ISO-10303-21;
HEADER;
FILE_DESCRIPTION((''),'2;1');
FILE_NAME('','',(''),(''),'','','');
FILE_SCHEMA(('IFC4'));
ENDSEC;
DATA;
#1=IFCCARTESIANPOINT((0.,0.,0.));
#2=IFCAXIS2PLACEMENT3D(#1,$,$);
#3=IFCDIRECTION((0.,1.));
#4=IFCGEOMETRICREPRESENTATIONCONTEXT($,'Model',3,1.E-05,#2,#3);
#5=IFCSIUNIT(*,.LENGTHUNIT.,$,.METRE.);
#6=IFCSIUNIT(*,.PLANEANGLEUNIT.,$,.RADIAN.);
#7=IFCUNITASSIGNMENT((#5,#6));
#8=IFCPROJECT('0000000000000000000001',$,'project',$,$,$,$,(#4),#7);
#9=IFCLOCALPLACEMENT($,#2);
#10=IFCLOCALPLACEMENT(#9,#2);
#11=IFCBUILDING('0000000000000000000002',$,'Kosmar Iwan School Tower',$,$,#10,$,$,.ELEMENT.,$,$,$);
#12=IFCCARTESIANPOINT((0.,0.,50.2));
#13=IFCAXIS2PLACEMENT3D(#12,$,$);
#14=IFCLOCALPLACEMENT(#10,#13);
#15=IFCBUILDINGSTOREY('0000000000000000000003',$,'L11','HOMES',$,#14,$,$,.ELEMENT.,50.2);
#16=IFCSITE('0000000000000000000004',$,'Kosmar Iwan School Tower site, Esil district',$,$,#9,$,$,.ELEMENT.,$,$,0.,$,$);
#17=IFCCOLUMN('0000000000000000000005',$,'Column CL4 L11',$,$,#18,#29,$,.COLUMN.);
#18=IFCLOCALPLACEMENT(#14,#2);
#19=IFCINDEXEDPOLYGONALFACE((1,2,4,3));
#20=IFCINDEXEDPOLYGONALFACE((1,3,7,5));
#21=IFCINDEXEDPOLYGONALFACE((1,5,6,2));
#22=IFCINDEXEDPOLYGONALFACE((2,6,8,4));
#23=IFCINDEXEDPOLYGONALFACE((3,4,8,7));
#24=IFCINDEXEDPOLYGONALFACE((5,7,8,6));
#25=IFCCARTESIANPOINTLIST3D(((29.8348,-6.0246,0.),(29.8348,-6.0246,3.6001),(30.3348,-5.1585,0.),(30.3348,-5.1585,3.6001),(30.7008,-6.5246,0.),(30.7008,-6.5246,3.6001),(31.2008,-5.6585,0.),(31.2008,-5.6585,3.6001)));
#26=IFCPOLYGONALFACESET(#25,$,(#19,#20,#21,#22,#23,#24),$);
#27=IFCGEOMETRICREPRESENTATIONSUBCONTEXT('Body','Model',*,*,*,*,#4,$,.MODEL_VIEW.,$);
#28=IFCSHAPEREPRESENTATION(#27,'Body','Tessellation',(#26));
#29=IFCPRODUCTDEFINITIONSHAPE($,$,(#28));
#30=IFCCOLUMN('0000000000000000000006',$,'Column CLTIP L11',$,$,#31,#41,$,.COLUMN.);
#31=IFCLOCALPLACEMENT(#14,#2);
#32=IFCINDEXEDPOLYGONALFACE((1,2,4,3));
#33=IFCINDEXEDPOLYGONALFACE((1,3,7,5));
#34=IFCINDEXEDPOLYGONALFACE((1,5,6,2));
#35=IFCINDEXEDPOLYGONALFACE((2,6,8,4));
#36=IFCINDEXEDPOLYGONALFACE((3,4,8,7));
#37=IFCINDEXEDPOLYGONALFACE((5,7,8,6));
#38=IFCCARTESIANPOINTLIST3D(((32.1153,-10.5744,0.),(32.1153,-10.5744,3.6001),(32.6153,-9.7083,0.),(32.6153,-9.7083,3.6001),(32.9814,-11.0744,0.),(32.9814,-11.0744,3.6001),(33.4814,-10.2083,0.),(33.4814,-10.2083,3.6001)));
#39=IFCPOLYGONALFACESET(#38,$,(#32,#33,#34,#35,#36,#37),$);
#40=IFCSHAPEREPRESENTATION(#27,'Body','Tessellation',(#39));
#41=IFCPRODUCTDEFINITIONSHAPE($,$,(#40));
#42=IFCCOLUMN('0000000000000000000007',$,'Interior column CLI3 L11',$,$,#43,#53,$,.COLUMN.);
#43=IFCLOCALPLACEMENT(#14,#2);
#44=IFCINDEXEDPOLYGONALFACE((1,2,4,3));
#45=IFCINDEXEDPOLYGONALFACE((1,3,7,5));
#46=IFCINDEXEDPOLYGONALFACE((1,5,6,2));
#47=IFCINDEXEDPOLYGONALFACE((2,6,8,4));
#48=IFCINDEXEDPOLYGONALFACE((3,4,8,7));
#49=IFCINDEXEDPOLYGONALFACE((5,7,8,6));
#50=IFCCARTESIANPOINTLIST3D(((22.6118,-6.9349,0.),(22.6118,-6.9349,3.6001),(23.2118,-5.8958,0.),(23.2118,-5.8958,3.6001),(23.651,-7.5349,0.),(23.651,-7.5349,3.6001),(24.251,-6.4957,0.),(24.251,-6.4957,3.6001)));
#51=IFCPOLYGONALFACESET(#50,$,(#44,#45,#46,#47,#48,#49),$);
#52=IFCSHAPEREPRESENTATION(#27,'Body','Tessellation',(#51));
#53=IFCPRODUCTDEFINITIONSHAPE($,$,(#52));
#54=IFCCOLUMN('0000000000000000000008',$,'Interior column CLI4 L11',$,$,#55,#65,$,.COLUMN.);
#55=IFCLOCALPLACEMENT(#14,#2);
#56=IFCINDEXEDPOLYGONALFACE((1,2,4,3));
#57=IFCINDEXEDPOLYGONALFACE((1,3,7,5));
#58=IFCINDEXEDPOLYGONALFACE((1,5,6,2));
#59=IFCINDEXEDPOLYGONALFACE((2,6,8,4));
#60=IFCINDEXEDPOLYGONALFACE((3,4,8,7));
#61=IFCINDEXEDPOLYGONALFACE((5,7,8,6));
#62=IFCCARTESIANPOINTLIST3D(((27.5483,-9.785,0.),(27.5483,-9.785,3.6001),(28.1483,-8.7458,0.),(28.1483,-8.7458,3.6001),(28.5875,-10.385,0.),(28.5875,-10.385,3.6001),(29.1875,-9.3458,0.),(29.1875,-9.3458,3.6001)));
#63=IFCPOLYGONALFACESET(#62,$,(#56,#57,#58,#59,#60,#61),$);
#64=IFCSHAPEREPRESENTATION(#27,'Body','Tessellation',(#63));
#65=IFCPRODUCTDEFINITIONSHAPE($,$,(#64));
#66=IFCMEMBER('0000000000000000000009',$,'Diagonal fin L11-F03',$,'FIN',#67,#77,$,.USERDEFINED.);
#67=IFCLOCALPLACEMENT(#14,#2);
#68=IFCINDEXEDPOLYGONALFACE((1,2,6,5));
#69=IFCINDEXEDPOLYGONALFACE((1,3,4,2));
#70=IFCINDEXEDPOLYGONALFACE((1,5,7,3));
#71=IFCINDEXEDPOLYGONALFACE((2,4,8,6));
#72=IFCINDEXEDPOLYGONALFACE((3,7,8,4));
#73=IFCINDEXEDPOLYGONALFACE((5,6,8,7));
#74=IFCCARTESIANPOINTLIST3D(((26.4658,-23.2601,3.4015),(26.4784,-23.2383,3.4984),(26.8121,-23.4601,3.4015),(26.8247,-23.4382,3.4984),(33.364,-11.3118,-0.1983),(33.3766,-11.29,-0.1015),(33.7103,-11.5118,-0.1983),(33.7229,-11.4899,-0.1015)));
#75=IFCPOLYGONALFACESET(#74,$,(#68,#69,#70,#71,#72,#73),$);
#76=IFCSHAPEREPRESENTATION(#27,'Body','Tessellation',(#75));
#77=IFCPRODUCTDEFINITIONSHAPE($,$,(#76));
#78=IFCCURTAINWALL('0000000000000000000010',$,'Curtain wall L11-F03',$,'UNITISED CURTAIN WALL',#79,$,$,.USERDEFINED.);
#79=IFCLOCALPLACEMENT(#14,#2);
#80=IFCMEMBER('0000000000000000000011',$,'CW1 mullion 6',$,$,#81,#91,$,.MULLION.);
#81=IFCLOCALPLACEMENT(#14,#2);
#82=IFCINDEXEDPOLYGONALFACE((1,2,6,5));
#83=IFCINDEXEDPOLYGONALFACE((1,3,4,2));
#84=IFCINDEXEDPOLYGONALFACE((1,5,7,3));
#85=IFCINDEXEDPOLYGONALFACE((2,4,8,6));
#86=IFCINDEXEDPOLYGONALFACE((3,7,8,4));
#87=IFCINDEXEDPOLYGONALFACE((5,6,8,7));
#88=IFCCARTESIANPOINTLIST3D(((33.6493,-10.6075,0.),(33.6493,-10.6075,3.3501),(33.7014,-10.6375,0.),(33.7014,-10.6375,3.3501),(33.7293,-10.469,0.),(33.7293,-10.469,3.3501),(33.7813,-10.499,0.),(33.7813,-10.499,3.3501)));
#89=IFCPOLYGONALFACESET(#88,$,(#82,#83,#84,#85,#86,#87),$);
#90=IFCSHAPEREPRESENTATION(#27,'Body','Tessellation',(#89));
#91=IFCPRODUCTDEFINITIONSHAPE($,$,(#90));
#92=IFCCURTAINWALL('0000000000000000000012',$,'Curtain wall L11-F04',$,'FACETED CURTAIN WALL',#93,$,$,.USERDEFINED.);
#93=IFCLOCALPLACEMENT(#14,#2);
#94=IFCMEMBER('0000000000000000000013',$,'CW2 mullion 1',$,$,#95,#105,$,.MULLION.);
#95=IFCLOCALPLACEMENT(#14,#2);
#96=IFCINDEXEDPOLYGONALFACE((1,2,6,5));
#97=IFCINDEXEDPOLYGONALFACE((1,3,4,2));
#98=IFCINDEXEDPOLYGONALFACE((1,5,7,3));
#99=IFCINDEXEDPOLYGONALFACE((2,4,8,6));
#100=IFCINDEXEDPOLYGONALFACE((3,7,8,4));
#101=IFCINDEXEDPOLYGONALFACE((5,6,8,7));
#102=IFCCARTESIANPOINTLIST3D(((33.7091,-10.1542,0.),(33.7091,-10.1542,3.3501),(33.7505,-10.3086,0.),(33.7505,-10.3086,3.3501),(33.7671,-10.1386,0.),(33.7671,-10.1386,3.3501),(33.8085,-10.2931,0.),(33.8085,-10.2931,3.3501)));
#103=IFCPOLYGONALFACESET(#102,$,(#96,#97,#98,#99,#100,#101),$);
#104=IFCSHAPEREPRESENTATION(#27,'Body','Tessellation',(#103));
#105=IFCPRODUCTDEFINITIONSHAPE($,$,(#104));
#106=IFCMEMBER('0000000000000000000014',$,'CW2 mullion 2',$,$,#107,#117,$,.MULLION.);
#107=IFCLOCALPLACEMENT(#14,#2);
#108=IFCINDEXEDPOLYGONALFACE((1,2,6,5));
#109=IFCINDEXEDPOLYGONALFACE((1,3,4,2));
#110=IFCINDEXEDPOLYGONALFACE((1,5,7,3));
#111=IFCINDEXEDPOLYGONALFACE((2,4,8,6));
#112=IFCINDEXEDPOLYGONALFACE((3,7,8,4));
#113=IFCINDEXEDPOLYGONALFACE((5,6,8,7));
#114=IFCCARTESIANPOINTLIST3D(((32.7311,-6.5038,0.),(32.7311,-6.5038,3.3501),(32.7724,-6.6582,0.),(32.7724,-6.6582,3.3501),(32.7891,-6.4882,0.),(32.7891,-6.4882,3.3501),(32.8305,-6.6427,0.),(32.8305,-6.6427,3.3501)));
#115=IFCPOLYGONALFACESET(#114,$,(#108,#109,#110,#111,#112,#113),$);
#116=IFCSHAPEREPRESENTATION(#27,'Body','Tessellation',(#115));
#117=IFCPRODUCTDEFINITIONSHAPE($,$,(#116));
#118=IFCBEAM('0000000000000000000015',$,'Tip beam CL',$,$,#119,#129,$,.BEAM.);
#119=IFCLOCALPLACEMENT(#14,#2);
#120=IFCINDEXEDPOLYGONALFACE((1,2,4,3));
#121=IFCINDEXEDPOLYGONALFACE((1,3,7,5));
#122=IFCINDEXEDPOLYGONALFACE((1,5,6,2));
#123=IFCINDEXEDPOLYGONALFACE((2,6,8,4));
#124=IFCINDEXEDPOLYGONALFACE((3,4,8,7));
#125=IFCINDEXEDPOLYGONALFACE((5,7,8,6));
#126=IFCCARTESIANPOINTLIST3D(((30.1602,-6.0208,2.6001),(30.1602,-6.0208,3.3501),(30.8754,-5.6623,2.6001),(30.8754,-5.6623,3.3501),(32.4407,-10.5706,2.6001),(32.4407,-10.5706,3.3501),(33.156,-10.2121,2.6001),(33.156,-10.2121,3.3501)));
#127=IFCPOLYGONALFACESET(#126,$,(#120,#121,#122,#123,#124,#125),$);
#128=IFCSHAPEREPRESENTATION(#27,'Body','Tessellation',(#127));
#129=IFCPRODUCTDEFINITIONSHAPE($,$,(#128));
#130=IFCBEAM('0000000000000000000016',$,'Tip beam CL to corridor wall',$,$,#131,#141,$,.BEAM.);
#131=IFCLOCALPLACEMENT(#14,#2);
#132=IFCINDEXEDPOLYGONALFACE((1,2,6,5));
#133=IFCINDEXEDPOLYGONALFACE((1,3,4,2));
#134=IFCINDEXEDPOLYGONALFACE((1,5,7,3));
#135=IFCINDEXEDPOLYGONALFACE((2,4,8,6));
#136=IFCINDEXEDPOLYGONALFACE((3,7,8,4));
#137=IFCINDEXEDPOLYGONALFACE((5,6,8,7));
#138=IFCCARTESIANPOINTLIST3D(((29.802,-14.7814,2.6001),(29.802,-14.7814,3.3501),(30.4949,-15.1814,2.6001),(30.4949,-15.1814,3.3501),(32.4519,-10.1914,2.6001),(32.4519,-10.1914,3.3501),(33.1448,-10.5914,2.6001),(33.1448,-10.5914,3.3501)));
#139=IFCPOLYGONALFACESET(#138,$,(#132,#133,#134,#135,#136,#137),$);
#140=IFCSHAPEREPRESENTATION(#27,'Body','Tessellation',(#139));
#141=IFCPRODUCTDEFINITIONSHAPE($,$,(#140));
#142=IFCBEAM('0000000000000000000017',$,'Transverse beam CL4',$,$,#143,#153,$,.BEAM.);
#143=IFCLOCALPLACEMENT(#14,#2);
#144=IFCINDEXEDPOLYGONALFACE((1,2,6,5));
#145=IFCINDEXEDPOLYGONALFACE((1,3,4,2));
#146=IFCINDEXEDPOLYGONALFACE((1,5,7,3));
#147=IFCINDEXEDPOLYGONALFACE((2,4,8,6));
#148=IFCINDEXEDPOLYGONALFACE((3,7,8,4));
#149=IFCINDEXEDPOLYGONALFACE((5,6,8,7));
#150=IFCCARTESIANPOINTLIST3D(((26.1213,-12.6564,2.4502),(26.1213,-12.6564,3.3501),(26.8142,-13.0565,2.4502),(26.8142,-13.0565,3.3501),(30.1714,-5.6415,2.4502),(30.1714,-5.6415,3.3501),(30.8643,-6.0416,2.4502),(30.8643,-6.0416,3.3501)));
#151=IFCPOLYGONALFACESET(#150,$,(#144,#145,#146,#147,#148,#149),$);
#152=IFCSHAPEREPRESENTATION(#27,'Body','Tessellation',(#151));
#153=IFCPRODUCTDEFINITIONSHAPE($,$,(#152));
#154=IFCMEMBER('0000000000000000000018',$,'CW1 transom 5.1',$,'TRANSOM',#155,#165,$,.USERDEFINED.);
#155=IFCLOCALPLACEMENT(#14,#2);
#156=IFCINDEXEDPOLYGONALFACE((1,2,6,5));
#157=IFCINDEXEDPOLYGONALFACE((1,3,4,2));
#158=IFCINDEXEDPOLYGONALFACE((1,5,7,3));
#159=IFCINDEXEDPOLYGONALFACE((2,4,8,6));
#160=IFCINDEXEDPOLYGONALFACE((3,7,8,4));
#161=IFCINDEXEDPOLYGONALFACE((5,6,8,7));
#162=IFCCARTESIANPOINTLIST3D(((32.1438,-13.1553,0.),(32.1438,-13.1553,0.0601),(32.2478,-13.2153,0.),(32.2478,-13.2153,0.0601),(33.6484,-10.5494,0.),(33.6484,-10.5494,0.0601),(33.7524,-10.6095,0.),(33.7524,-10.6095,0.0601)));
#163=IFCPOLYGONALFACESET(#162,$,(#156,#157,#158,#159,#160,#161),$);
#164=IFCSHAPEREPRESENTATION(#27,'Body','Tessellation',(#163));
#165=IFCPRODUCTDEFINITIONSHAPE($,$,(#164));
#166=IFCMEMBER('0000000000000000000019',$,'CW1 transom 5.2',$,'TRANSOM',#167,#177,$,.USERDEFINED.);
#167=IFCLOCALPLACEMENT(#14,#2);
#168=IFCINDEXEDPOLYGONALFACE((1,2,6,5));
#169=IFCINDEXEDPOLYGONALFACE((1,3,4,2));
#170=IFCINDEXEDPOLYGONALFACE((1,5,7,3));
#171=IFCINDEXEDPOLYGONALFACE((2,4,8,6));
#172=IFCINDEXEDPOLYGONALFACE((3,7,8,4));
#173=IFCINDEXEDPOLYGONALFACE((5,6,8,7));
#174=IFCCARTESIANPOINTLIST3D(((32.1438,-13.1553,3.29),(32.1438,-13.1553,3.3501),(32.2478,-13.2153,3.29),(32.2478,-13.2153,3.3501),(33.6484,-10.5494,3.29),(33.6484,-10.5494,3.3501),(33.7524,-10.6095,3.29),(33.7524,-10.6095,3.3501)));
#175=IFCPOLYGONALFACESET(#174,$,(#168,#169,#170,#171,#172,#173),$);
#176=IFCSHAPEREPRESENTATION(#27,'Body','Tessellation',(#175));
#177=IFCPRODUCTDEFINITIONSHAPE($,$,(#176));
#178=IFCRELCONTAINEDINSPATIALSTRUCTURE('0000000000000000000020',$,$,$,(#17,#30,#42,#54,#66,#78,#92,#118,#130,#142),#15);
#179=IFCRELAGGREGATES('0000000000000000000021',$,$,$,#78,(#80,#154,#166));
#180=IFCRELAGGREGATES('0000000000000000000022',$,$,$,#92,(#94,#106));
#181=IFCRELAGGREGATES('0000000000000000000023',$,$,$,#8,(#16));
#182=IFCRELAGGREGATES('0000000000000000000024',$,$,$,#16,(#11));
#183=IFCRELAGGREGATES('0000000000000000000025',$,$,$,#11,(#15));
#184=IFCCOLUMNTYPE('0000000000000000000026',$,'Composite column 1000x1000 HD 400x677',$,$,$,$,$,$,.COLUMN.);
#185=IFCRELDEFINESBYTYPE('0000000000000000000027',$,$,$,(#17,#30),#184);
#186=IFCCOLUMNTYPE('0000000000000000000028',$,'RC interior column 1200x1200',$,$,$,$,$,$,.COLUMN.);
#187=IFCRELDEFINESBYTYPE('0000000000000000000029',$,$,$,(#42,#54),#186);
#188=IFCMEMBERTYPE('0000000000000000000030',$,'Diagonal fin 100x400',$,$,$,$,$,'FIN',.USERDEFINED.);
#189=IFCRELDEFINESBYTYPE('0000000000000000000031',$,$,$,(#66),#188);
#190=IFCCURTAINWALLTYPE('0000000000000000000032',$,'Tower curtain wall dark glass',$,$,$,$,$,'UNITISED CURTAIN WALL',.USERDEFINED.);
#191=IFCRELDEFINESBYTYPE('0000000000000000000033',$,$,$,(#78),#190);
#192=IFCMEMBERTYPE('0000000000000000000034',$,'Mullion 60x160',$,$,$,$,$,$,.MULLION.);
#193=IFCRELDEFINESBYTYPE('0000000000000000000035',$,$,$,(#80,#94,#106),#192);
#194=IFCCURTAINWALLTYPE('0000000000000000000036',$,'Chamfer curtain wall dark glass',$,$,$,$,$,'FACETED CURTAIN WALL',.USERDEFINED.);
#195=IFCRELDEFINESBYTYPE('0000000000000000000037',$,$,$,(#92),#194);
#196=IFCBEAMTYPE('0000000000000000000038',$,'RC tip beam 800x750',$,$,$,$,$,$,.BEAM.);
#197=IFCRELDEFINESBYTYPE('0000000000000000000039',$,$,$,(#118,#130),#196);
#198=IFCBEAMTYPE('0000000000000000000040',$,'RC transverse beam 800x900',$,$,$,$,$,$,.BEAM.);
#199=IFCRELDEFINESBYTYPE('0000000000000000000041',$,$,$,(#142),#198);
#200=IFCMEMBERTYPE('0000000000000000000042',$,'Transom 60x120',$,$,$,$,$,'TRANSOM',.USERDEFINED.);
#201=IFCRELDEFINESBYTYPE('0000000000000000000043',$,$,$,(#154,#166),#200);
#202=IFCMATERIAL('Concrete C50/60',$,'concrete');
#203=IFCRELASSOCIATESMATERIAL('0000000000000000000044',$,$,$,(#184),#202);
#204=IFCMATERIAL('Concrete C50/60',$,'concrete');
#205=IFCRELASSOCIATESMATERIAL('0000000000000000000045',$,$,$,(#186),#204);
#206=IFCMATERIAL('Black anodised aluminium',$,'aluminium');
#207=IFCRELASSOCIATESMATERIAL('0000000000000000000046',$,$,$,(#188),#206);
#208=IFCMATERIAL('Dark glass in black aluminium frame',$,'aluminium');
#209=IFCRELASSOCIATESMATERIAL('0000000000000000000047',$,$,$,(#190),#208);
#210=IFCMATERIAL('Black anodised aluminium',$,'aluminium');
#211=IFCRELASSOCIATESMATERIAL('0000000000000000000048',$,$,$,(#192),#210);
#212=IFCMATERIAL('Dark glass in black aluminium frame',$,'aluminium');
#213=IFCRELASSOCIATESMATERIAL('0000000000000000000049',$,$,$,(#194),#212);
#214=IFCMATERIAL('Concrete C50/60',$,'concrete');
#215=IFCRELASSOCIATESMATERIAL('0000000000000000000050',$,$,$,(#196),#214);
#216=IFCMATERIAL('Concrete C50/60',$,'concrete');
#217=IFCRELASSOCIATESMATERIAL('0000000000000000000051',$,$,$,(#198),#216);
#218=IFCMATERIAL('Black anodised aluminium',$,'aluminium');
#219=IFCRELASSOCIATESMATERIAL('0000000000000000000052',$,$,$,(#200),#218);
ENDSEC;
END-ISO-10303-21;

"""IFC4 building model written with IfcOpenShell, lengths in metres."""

from ifc_helpers import new_model, si_unit, direction, frame, origin, origin_2d, place, context, subcontext, project, spatial, rectangle, extrude, material, material_profile, profile_set, type_object, element, aggregate, save


model = new_model("IFC4")

# Units and contexts
model_context = context("Model", 3, precision=1e-05, world=origin(), true_north=direction((0.0, 1.0)))
body_context = subcontext(model_context, "Body", "Model", "MODEL_VIEW")
ifc_project = project(units=[si_unit("LENGTHUNIT", "METRE"), si_unit("PLANEANGLEUNIT", "RADIAN")], contexts=[model_context])

# Site, building, storey
site_placement = place(None, origin())
site = spatial("IfcSite", under=ifc_project, at=site_placement, Name="Kosmar Iwan School Tower site, Esil district", CompositionType="ELEMENT", RefElevation=0.0)
building_placement = place(site_placement, origin())
building = spatial("IfcBuilding", under=site, at=building_placement, Name="Kosmar Iwan School Tower", CompositionType="ELEMENT")
storey_placement = place(building_placement, frame((0.0, 0.0, 50.2)))
storey = spatial("IfcBuildingStorey", under=building, at=storey_placement, Name="L11", Description="HOMES", CompositionType="ELEMENT", Elevation=50.2)

# Columns
ifc_material_1 = material(Name="Concrete C50/60", Category="concrete")
ifc_material_profile_1 = material_profile(ifc_material_1, rectangle(XDim=1.0, YDim=1.0, at=origin_2d()), Name="RC 1000x1000 + HD 400x677")
ifc_profile_set_1 = profile_set([ifc_material_profile_1], Name="Concrete C50/60")
column_type_1 = type_object("IfcColumnType", Name="Composite column 1000x1000 HD 400x677", PredefinedType="COLUMN", material=ifc_profile_set_1)
for number, where, z_axis, x_axis, name in (
    (1, (30.5178, -5.8416, 0.0), (0.0, 0.0, 1.0), (0.866025, -0.5, 0.0), "Column CL4 L11"),
    (2, (32.7983, -10.3914, 0.0), (0.0, 0.0, 1.0), (0.866025, -0.5, 0.0), "Column CLTIP L11"),
):
    element("IfcColumn", number, at=place(storey_placement, frame(where, z_axis=z_axis, x_axis=x_axis)), inside=storey, type_object=column_type_1, Name=name, PredefinedType="COLUMN", context=body_context, shape_type="SweptSolid", body=[
        extrude(rectangle(XDim=1.0, YDim=1.0, at=origin_2d()), origin(), (0.0, 0.0, 1.0), 3.6001),
    ])
ifc_material_2 = material(Name="Concrete C50/60", Category="concrete")
ifc_material_profile_2 = material_profile(ifc_material_2, rectangle(XDim=1.2, YDim=1.2, at=origin_2d()), Name="RC 1200x1200")
ifc_profile_set_2 = profile_set([ifc_material_profile_2], Name="Concrete C50/60")
column_type_2 = type_object("IfcColumnType", Name="RC interior column 1200x1200", PredefinedType="COLUMN", material=ifc_profile_set_2)
for number, where, z_axis, x_axis, name in (
    (3, (23.4314, -6.7153, 0.0), (0.0, 0.0, 1.0), (0.866025, -0.5, 0.0), "Interior column CLI3 L11"),
    (4, (28.3679, -9.5654, 0.0), (0.0, 0.0, 1.0), (0.866025, -0.5, 0.0), "Interior column CLI4 L11"),
):
    element("IfcColumn", number, at=place(storey_placement, frame(where, z_axis=z_axis, x_axis=x_axis)), inside=storey, type_object=column_type_2, Name=name, PredefinedType="COLUMN", context=body_context, shape_type="SweptSolid", body=[
        extrude(rectangle(XDim=1.2, YDim=1.2, at=origin_2d()), origin(), (0.0, 0.0, 1.0), 3.6001),
    ])

# Member
ifc_material_3 = material(Name="Black anodised aluminium", Category="aluminium")
ifc_material_profile_3 = material_profile(ifc_material_3, rectangle(XDim=0.1001, YDim=0.3999, at=origin_2d()), Name="FIN 100x400")
ifc_profile_set_3 = profile_set([ifc_material_profile_3], Name="Black anodised aluminium")
member_type_1 = type_object("IfcMemberType", Name="Diagonal fin 100x400", ElementType="FIN", PredefinedType="USERDEFINED", material=ifc_profile_set_3)
member_1_placement = place(storey_placement, frame((33.5435, -11.4009, -0.1499), z_axis=(-0.483796, -0.837974, 0.252471), x_axis=(0.126234, 0.218647, 0.967604)))
element("IfcMember", 5, at=member_1_placement, inside=storey, type_object=member_type_1, Name="Diagonal fin L11-F03", ObjectType="FIN", PredefinedType="USERDEFINED", context=body_context, shape_type="SweptSolid", body=[
    extrude(rectangle(XDim=0.1001, YDim=0.3999, at=origin_2d()), origin(), (0.0, 0.0, 1.0), 14.2585),
])

# Curtain wall, member
ifc_material_4 = material(Name="Dark glass in black aluminium frame", Category="aluminium")
curtain_wall_type_1 = type_object("IfcCurtainWallType", Name="Tower curtain wall dark glass", ElementType="UNITISED CURTAIN WALL", PredefinedType="USERDEFINED", material=ifc_material_4)
curtain_wall_1_placement = place(storey_placement, origin())
curtain_wall_1 = element("IfcCurtainWall", 6, at=curtain_wall_1_placement, inside=storey, type_object=curtain_wall_type_1, Name="Curtain wall L11-F03", ObjectType="UNITISED CURTAIN WALL", PredefinedType="USERDEFINED")
ifc_material_5 = material(Name="Black anodised aluminium", Category="aluminium")
ifc_material_profile_4 = material_profile(ifc_material_5, rectangle(XDim=0.0601, YDim=0.1599, at=origin_2d()), Name="MULLION 60x160")
ifc_profile_set_4 = profile_set([ifc_material_profile_4], Name="Black anodised aluminium")
member_type_2 = type_object("IfcMemberType", Name="Mullion 60x160", PredefinedType="MULLION", material=ifc_profile_set_4)
member_2_placement = place(storey_placement, frame((33.7153, -10.5532, 0.0), z_axis=(0.0, 0.0, 1.0), x_axis=(-0.866025, 0.5, 0.0)))
member_2 = element("IfcMember", 7, at=member_2_placement, type_object=member_type_2, Name="CW1 mullion 6", PredefinedType="MULLION", context=body_context, shape_type="SweptSolid", body=[
    extrude(rectangle(XDim=0.0601, YDim=0.1599, at=origin_2d()), origin(), (0.0, 0.0, 1.0), 3.3501),
])

# Curtain wall, members
ifc_material_6 = material(Name="Dark glass in black aluminium frame", Category="aluminium")
curtain_wall_type_2 = type_object("IfcCurtainWallType", Name="Chamfer curtain wall dark glass", ElementType="FACETED CURTAIN WALL", PredefinedType="USERDEFINED", material=ifc_material_6)
curtain_wall_2_placement = place(storey_placement, origin())
curtain_wall_2 = element("IfcCurtainWall", 8, at=curtain_wall_2_placement, inside=storey, type_object=curtain_wall_type_2, Name="Curtain wall L11-F04", ObjectType="FACETED CURTAIN WALL", PredefinedType="USERDEFINED")
member_3_placement = place(storey_placement, frame((33.7588, -10.2236, 0.0), z_axis=(0.0, 0.0, 1.0), x_axis=(-0.965926, -0.258819, 0.0)))
member_3 = element("IfcMember", 9, at=member_3_placement, type_object=member_type_2, Name="CW2 mullion 1", PredefinedType="MULLION", context=body_context, shape_type="SweptSolid", body=[
    extrude(rectangle(XDim=0.0601, YDim=0.1599, at=origin_2d()), origin(), (0.0, 0.0, 1.0), 3.3501),
])
member_4_placement = place(storey_placement, frame((32.7808, -6.5732, 0.0), z_axis=(0.0, 0.0, 1.0), x_axis=(-0.965926, -0.258819, 0.0)))
member_4 = element("IfcMember", 10, at=member_4_placement, type_object=member_type_2, Name="CW2 mullion 2", PredefinedType="MULLION", context=body_context, shape_type="SweptSolid", body=[
    extrude(rectangle(XDim=0.0601, YDim=0.1599, at=origin_2d()), origin(), (0.0, 0.0, 1.0), 3.3501),
])

# Beams
ifc_material_7 = material(Name="Concrete C50/60", Category="concrete")
ifc_material_profile_5 = material_profile(ifc_material_7, rectangle(XDim=0.8, YDim=0.75, at=origin_2d()), Name="RC 800x750")
ifc_profile_set_5 = profile_set([ifc_material_profile_5], Name="Concrete C50/60")
beam_type_1 = type_object("IfcBeamType", Name="RC tip beam 800x750", PredefinedType="BEAM", material=ifc_profile_set_5)
beam_1_placement = place(storey_placement, frame((30.5178, -5.8416, 2.9751), z_axis=(0.448096, -0.893985, 0.0), x_axis=(0.893985, 0.448096, 0.0)))
element("IfcBeam", 11, at=beam_1_placement, inside=storey, type_object=beam_type_1, Name="Tip beam CL", PredefinedType="BEAM", context=body_context, shape_type="SweptSolid", body=[
    extrude(rectangle(XDim=0.8, YDim=0.75, at=origin_2d()), origin(), (0.0, 0.0, 1.0), 5.0894),
])
beam_2_placement = place(storey_placement, frame((32.7983, -10.3914, 2.9751), z_axis=(-0.499974, -0.866041, 0.0), x_axis=(0.866041, -0.499974, 0.0)))
element("IfcBeam", 12, at=beam_2_placement, inside=storey, type_object=beam_type_1, Name="Tip beam CL to corridor wall", PredefinedType="BEAM", context=body_context, shape_type="SweptSolid", body=[
    extrude(rectangle(XDim=0.8, YDim=0.75, at=origin_2d()), origin(), (0.0, 0.0, 1.0), 5.3),
])
ifc_material_8 = material(Name="Concrete C50/60", Category="concrete")
ifc_material_profile_6 = material_profile(ifc_material_8, rectangle(XDim=0.8, YDim=0.8999, at=origin_2d()), Name="RC 800x900")
ifc_profile_set_6 = profile_set([ifc_material_profile_6], Name="Concrete C50/60")
beam_type_2 = type_object("IfcBeamType", Name="RC transverse beam 800x900", PredefinedType="BEAM", material=ifc_profile_set_6)
beam_3_placement = place(storey_placement, frame((30.5178, -5.8416, 2.9001), z_axis=(-0.5, -0.866025, 0.0), x_axis=(0.866025, -0.5, 0.0)))
element("IfcBeam", 13, at=beam_3_placement, inside=storey, type_object=beam_type_2, Name="Transverse beam CL4", PredefinedType="BEAM", context=body_context, shape_type="SweptSolid", body=[
    extrude(rectangle(XDim=0.8, YDim=0.8999, at=origin_2d()), origin(), (0.0, 0.0, 1.0), 8.1001),
])

# Members
ifc_material_9 = material(Name="Black anodised aluminium", Category="aluminium")
ifc_material_profile_7 = material_profile(ifc_material_9, rectangle(XDim=0.1201, YDim=0.0601, at=origin_2d()), Name="TRANSOM 60x120")
ifc_profile_set_7 = profile_set([ifc_material_profile_7], Name="Black anodised aluminium")
member_type_3 = type_object("IfcMemberType", Name="Transom 60x120", ElementType="TRANSOM", PredefinedType="USERDEFINED", material=ifc_profile_set_7)
member_5_placement = place(storey_placement, frame((32.1958, -13.1853, 0.03), z_axis=(0.500022, 0.866013, 0.0), x_axis=(-0.866013, 0.500022, 0.0)))
member_5 = element("IfcMember", 14, at=member_5_placement, type_object=member_type_3, Name="CW1 transom 5.1", ObjectType="TRANSOM", PredefinedType="USERDEFINED", context=body_context, shape_type="SweptSolid", body=[
    extrude(rectangle(XDim=0.1201, YDim=0.0601, at=origin_2d()), origin(), (0.0, 0.0, 1.0), 3.009),
])
member_6_placement = place(storey_placement, frame((32.1958, -13.1853, 3.3201), z_axis=(0.500022, 0.866013, 0.0), x_axis=(-0.866013, 0.500022, 0.0)))
member_6 = element("IfcMember", 15, at=member_6_placement, type_object=member_type_3, Name="CW1 transom 5.2", ObjectType="TRANSOM", PredefinedType="USERDEFINED", context=body_context, shape_type="SweptSolid", body=[
    extrude(rectangle(XDim=0.1201, YDim=0.0601, at=origin_2d()), origin(), (0.0, 0.0, 1.0), 3.009),
])

aggregate(curtain_wall_1, [member_2, member_5, member_6])
aggregate(curtain_wall_2, [member_3, member_4])

save(model, "model.ifc")
